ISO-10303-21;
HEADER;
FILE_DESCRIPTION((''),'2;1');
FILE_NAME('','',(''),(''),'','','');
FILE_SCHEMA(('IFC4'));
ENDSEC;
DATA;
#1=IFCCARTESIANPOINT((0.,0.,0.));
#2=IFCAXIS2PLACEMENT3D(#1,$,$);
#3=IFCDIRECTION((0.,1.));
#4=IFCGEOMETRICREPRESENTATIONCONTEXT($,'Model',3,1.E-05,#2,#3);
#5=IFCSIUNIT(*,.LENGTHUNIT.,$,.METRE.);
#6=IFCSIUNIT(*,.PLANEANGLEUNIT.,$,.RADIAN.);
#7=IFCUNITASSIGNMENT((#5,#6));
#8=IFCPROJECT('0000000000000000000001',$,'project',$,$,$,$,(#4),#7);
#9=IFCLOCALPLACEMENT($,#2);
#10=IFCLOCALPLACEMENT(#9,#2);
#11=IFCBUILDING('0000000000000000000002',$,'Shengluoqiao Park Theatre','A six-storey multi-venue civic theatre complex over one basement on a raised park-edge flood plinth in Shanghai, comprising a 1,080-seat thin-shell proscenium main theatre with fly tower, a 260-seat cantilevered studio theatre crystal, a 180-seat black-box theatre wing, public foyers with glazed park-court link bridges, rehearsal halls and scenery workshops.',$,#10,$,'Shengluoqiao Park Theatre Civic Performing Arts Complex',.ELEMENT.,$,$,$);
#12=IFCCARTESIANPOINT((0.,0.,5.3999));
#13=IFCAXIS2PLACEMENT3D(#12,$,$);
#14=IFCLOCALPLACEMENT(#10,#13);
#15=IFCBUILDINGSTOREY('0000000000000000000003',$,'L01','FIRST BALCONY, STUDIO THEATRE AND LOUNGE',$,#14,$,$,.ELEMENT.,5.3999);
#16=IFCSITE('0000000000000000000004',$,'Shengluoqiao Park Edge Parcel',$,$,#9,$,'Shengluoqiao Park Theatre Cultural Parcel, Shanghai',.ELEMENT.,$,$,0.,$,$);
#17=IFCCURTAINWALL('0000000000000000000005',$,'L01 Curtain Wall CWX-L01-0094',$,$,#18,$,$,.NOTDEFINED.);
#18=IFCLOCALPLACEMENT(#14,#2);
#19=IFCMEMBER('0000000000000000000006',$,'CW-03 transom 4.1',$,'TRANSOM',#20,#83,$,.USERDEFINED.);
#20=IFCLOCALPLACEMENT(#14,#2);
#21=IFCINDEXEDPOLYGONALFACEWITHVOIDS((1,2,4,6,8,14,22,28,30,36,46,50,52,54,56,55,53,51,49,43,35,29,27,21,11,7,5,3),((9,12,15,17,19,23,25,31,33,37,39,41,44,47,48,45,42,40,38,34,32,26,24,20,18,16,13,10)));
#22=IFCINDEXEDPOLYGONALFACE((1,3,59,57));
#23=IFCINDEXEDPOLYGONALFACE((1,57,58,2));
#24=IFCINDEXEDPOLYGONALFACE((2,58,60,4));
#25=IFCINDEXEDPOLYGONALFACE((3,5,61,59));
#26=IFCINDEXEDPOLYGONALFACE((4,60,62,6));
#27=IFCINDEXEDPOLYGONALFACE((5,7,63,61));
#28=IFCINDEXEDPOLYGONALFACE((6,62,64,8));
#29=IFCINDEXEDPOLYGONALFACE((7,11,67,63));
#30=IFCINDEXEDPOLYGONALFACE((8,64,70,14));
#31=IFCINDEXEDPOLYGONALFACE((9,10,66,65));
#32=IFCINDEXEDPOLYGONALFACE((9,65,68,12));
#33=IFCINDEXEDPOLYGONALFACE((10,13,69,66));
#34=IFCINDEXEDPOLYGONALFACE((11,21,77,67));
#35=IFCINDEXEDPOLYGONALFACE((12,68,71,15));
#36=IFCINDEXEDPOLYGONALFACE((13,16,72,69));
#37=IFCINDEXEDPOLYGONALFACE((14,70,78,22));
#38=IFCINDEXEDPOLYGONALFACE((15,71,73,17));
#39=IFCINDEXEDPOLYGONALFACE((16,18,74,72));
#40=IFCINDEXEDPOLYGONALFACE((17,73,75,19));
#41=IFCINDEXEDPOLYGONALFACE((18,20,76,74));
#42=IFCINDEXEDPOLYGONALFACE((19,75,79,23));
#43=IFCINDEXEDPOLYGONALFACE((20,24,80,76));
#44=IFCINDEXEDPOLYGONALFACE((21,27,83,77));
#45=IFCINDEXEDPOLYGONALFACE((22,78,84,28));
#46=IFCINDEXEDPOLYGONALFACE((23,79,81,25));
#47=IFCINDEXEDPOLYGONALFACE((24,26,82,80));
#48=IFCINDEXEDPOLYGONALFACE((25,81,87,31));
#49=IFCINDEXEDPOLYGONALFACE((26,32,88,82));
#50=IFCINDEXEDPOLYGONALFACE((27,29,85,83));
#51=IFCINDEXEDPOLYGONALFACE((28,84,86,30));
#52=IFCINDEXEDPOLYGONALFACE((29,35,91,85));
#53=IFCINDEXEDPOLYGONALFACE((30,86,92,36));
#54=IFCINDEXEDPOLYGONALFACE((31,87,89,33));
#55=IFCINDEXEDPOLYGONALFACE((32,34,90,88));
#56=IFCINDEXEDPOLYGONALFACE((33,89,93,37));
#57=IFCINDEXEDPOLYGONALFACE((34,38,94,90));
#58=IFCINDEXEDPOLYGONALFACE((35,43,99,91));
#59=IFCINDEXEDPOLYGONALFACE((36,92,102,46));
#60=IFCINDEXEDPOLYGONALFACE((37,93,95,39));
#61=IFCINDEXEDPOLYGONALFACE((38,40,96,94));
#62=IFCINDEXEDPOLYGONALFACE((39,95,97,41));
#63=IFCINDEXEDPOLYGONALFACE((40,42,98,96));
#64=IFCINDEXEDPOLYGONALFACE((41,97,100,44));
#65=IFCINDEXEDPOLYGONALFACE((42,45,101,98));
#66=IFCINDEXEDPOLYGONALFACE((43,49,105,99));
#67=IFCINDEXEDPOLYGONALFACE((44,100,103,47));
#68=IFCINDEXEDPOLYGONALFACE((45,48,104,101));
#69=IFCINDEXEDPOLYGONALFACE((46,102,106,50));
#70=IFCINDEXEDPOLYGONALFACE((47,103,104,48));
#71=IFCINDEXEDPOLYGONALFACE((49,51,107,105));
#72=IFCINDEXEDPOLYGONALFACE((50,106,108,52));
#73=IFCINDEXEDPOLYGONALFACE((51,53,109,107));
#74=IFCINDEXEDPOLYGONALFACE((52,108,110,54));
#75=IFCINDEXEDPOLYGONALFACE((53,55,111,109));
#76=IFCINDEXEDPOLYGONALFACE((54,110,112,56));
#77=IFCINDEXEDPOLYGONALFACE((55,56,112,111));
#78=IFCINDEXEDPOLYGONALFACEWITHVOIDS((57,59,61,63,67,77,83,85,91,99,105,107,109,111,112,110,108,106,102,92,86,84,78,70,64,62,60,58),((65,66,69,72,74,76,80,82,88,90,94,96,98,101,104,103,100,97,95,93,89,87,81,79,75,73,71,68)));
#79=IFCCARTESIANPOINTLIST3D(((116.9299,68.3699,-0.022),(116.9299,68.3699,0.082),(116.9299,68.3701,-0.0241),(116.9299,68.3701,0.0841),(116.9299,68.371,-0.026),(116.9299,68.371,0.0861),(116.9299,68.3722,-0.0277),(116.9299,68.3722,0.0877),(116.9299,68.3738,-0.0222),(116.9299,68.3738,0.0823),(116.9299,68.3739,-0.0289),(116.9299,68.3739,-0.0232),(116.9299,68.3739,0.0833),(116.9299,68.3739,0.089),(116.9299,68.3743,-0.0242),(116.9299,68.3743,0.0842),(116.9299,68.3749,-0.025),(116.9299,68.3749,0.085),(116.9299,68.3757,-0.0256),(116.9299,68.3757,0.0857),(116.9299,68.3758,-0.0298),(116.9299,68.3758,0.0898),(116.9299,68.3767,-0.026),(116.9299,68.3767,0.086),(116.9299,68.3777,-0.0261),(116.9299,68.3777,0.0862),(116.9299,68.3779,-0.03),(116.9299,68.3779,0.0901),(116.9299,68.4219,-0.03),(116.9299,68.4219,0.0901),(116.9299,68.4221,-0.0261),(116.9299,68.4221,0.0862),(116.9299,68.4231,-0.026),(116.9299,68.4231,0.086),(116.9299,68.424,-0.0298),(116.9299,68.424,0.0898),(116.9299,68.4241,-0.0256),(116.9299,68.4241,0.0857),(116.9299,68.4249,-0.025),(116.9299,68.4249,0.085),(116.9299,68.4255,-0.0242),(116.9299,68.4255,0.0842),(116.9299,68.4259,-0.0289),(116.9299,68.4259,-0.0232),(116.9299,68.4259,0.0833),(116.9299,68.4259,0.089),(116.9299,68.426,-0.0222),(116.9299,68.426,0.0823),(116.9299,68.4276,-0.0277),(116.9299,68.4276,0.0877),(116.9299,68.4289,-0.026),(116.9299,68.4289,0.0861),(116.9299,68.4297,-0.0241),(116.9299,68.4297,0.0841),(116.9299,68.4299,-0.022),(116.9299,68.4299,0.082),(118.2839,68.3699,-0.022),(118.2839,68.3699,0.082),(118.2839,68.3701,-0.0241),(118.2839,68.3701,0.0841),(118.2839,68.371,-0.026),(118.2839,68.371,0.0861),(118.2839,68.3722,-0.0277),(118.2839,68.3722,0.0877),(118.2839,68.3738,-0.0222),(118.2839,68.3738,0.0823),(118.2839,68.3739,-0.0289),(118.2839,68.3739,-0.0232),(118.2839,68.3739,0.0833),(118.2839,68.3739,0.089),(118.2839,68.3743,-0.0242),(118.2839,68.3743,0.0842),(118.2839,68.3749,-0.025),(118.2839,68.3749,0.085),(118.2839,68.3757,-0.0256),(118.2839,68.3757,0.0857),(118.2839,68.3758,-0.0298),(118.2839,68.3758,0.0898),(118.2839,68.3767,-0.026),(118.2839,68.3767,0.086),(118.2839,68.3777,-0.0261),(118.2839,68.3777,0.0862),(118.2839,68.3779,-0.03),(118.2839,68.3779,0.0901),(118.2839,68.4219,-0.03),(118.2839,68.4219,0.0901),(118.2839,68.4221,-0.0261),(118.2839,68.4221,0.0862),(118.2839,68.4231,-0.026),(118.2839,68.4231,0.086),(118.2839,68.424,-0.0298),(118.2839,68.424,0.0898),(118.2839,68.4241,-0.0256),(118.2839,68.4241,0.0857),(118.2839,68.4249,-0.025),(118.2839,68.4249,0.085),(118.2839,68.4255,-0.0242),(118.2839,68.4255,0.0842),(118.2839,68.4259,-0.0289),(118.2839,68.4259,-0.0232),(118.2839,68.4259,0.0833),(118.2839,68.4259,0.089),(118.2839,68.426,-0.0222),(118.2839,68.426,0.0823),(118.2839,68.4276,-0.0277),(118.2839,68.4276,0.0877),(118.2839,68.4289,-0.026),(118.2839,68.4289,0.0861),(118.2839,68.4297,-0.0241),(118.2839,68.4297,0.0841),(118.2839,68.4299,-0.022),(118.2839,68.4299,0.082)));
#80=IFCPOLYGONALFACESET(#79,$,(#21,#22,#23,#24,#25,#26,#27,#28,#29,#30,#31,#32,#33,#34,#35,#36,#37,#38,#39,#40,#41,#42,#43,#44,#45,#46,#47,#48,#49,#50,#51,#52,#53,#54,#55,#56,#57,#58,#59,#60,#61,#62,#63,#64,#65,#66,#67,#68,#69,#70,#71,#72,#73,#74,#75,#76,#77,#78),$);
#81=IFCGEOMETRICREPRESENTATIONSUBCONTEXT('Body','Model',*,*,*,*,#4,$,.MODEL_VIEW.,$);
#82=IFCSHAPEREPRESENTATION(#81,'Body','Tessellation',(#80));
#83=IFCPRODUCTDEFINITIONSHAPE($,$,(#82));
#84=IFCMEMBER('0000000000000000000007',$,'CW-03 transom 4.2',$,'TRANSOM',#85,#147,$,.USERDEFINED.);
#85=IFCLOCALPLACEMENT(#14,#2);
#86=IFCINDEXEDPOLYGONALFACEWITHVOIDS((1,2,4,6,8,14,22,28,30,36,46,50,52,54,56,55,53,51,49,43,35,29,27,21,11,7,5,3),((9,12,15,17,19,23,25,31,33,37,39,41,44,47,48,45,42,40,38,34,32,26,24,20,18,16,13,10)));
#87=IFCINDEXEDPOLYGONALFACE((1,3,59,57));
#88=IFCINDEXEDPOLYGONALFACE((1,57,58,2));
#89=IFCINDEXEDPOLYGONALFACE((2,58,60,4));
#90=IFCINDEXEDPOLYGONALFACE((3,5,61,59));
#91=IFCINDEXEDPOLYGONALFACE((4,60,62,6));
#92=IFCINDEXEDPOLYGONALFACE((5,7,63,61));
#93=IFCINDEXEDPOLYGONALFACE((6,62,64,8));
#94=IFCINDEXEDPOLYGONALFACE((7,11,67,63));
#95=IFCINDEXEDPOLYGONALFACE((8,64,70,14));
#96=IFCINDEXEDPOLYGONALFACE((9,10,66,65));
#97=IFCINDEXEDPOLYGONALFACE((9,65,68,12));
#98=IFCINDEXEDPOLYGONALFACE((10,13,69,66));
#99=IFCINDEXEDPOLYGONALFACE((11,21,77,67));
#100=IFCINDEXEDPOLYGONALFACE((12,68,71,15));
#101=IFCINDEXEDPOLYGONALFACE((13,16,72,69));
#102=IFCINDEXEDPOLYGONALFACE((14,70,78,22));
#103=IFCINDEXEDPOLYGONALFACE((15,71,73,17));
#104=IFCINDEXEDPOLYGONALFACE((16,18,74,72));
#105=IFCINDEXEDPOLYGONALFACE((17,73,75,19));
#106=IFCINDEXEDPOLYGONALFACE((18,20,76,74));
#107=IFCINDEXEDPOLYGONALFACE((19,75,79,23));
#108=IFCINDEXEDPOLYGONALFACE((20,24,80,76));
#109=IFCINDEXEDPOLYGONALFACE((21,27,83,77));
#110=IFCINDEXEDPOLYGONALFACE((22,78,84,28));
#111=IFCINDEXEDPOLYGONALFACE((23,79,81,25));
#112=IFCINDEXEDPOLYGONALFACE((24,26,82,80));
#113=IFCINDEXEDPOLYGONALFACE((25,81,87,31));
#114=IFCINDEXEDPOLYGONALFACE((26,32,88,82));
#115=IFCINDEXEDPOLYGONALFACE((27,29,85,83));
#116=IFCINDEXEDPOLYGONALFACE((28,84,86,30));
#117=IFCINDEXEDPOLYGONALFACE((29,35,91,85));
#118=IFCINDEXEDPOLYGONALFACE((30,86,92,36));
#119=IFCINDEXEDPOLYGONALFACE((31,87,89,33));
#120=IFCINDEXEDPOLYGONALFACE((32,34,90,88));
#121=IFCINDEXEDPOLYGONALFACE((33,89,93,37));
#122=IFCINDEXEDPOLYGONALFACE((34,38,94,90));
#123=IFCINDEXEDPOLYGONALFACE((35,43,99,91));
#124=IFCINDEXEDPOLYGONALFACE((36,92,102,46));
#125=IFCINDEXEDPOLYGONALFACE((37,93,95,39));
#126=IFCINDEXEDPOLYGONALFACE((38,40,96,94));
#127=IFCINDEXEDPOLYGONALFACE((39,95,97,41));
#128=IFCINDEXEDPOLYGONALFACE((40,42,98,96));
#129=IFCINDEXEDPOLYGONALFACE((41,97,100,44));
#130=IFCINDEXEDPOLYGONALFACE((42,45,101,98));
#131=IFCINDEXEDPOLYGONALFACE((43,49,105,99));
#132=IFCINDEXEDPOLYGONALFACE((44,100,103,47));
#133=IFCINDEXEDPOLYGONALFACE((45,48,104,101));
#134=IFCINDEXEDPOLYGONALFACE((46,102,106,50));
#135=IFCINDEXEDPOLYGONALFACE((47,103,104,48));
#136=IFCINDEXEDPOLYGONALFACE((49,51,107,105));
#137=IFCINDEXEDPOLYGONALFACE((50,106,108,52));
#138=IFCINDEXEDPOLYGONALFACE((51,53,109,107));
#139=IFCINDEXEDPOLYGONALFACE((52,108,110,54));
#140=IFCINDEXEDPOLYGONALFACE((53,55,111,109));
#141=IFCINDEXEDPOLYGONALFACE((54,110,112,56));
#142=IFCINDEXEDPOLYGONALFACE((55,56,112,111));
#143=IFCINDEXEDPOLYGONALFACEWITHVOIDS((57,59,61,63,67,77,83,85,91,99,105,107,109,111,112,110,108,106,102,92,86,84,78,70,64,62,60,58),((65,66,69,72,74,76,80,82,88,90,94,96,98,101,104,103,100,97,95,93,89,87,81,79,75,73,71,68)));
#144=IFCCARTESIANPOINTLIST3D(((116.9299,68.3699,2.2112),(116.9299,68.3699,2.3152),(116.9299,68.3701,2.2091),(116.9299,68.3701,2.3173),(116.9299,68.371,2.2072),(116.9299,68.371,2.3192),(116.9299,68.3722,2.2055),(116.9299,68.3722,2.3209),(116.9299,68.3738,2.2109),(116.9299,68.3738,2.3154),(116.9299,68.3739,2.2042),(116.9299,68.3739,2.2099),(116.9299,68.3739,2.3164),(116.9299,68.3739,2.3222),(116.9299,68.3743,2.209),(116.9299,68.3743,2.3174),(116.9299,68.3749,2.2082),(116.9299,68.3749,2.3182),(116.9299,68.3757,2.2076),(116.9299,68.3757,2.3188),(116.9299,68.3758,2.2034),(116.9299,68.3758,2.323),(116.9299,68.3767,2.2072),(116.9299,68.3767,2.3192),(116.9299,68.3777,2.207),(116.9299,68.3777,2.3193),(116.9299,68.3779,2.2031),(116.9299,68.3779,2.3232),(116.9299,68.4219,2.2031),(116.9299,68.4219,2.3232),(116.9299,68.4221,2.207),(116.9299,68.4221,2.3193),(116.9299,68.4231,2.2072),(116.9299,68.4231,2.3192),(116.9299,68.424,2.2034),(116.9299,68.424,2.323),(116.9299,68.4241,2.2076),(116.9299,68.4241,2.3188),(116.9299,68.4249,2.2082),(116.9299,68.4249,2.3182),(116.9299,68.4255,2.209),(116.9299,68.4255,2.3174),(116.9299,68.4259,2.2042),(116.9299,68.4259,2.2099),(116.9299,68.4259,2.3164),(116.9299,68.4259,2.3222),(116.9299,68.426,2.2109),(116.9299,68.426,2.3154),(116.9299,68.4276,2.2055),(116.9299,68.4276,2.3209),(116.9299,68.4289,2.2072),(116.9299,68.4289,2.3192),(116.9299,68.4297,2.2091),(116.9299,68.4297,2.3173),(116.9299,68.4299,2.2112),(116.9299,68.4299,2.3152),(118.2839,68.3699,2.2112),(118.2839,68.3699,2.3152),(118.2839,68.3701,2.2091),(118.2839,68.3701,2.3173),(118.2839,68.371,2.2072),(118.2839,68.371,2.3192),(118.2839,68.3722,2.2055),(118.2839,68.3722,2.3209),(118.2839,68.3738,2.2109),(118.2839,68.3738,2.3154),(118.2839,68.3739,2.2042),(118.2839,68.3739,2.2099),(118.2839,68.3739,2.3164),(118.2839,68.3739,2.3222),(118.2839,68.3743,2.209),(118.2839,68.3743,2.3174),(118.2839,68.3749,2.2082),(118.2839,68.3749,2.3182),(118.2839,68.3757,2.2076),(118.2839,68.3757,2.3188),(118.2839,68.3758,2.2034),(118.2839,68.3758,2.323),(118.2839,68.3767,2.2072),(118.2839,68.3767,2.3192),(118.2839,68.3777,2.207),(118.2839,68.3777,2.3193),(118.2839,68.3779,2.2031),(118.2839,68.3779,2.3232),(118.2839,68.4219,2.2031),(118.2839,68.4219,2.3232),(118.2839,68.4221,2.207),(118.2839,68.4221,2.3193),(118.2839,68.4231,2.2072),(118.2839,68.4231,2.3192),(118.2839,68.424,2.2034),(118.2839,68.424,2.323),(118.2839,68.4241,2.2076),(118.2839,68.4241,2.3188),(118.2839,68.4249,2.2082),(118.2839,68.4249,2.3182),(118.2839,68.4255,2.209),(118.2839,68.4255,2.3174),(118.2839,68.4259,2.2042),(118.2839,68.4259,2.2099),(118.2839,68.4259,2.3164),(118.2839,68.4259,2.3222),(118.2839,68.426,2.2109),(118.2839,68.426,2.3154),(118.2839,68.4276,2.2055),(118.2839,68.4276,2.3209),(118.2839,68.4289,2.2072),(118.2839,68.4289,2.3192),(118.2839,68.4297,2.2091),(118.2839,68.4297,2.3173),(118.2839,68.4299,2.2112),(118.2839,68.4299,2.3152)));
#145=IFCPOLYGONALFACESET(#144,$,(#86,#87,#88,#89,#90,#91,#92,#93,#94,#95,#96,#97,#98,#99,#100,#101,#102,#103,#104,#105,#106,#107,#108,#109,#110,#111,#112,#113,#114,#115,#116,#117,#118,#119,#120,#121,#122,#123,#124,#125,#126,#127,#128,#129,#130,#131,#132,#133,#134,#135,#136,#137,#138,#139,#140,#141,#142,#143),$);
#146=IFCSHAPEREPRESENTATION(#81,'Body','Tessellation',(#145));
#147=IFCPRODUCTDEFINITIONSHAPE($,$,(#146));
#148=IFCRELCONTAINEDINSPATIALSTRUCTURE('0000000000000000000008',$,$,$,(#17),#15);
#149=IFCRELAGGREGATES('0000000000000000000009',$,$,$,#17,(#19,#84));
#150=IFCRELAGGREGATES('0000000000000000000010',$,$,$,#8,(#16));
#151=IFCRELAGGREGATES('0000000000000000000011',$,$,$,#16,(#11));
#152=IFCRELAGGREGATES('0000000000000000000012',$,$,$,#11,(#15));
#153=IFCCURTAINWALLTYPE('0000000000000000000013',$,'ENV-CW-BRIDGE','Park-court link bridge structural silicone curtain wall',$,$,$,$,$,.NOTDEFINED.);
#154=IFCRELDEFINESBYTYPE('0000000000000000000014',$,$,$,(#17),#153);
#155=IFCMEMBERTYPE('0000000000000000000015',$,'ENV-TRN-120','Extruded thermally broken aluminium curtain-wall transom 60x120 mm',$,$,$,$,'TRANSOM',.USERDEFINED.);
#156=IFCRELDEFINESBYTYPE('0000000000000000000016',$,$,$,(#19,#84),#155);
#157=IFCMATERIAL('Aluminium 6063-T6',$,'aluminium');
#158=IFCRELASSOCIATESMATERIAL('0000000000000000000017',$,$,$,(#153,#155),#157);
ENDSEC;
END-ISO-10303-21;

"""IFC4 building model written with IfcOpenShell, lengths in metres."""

from ifc_helpers import new_model, si_unit, direction, frame, origin, origin_2d, place, context, subcontext, project, spatial, hollow_rectangle, extrude, material, material_profile, profile_set, type_object, element, aggregate, save


model = new_model("IFC4")

# Units and contexts
model_context = context("Model", 3, precision=1e-05, world=origin(), true_north=direction((0.0, 1.0)))
body_context = subcontext(model_context, "Body", "Model", "MODEL_VIEW")
ifc_project = project(units=[si_unit("LENGTHUNIT", "METRE"), si_unit("PLANEANGLEUNIT", "RADIAN")], contexts=[model_context])

# Site, building, storey
site_placement = place(None, origin())
site = spatial("IfcSite", under=ifc_project, at=site_placement, Name="Shengluoqiao Park Edge Parcel", LongName="Shengluoqiao Park Theatre Cultural Parcel, Shanghai", CompositionType="ELEMENT", RefElevation=0.0)
building_placement = place(site_placement, origin())
building = spatial("IfcBuilding", under=site, at=building_placement, Name="Shengluoqiao Park Theatre", Description="A six-storey multi-venue civic theatre complex over one basement on a raised park-edge flood plinth in Shanghai, comprising a 1,080-seat thin-shell proscenium main theatre with fly tower, a 260-seat cantilevered studio theatre crystal, a 180-seat black-box theatre wing, public foyers with glazed park-court link bridges, rehearsal halls and scenery workshops.", LongName="Shengluoqiao Park Theatre Civic Performing Arts Complex", CompositionType="ELEMENT")
storey_placement = place(building_placement, frame((0.0, 0.0, 5.3999)))
storey = spatial("IfcBuildingStorey", under=building, at=storey_placement, Name="L01", Description="FIRST BALCONY, STUDIO THEATRE AND LOUNGE", CompositionType="ELEMENT", Elevation=5.3999)

# Curtain wall, members
ifc_material_1 = material(Name="Aluminium 6063-T6", Category="aluminium")
curtain_wall_type = type_object("IfcCurtainWallType", Name="ENV-CW-BRIDGE", Description="Park-court link bridge structural silicone curtain wall", PredefinedType="NOTDEFINED", material=ifc_material_1)
curtain_wall_placement = place(storey_placement, origin())
curtain_wall = element("IfcCurtainWall", 1, at=curtain_wall_placement, inside=storey, type_object=curtain_wall_type, Name="L01 Curtain Wall CWX-L01-0094", PredefinedType="NOTDEFINED")
ifc_material_profile_1 = material_profile(ifc_material_1, hollow_rectangle(XDim=0.0601, YDim=0.1201, WallThickness=0.0039, InnerFilletRadius=0.0039, OuterFilletRadius=0.0081, at=origin_2d()), Name="ALU TRANSOM 120x60x4")
ifc_profile_set_1 = profile_set([ifc_material_profile_1], Name="Aluminium 6063-T6")
member_type_1 = type_object("IfcMemberType", Name="ENV-TRN-120", Description="Extruded thermally broken aluminium curtain-wall transom 60x120 mm", ElementType="TRANSOM", PredefinedType="USERDEFINED", material=ifc_profile_set_1)
member_1_placement = place(storey_placement, frame((116.9299, 68.3999, 0.03), z_axis=(1.0, 0.0, 0.0), x_axis=(0.0, 1.0, 0.0)))
member_1 = element("IfcMember", 2, at=member_1_placement, type_object=member_type_1, Name="CW-03 transom 4.1", ObjectType="TRANSOM", PredefinedType="USERDEFINED", context=body_context, shape_type="SweptSolid", body=[
    extrude(hollow_rectangle(XDim=0.0601, YDim=0.1201, WallThickness=0.0039, InnerFilletRadius=0.0039, OuterFilletRadius=0.0081, at=origin_2d()), origin(), (0.0, 0.0, 1.0), 1.354),
])
member_2_placement = place(storey_placement, frame((116.9299, 68.3999, 2.2632), z_axis=(1.0, 0.0, 0.0), x_axis=(0.0, 1.0, 0.0)))
member_2 = element("IfcMember", 3, at=member_2_placement, type_object=member_type_1, Name="CW-03 transom 4.2", ObjectType="TRANSOM", PredefinedType="USERDEFINED", context=body_context, shape_type="SweptSolid", body=[
    extrude(hollow_rectangle(XDim=0.0601, YDim=0.1201, WallThickness=0.0039, InnerFilletRadius=0.0039, OuterFilletRadius=0.0081, at=origin_2d()), origin(), (0.0, 0.0, 1.0), 1.354),
])

aggregate(curtain_wall, [member_1, member_2])

save(model, "model.ifc")
